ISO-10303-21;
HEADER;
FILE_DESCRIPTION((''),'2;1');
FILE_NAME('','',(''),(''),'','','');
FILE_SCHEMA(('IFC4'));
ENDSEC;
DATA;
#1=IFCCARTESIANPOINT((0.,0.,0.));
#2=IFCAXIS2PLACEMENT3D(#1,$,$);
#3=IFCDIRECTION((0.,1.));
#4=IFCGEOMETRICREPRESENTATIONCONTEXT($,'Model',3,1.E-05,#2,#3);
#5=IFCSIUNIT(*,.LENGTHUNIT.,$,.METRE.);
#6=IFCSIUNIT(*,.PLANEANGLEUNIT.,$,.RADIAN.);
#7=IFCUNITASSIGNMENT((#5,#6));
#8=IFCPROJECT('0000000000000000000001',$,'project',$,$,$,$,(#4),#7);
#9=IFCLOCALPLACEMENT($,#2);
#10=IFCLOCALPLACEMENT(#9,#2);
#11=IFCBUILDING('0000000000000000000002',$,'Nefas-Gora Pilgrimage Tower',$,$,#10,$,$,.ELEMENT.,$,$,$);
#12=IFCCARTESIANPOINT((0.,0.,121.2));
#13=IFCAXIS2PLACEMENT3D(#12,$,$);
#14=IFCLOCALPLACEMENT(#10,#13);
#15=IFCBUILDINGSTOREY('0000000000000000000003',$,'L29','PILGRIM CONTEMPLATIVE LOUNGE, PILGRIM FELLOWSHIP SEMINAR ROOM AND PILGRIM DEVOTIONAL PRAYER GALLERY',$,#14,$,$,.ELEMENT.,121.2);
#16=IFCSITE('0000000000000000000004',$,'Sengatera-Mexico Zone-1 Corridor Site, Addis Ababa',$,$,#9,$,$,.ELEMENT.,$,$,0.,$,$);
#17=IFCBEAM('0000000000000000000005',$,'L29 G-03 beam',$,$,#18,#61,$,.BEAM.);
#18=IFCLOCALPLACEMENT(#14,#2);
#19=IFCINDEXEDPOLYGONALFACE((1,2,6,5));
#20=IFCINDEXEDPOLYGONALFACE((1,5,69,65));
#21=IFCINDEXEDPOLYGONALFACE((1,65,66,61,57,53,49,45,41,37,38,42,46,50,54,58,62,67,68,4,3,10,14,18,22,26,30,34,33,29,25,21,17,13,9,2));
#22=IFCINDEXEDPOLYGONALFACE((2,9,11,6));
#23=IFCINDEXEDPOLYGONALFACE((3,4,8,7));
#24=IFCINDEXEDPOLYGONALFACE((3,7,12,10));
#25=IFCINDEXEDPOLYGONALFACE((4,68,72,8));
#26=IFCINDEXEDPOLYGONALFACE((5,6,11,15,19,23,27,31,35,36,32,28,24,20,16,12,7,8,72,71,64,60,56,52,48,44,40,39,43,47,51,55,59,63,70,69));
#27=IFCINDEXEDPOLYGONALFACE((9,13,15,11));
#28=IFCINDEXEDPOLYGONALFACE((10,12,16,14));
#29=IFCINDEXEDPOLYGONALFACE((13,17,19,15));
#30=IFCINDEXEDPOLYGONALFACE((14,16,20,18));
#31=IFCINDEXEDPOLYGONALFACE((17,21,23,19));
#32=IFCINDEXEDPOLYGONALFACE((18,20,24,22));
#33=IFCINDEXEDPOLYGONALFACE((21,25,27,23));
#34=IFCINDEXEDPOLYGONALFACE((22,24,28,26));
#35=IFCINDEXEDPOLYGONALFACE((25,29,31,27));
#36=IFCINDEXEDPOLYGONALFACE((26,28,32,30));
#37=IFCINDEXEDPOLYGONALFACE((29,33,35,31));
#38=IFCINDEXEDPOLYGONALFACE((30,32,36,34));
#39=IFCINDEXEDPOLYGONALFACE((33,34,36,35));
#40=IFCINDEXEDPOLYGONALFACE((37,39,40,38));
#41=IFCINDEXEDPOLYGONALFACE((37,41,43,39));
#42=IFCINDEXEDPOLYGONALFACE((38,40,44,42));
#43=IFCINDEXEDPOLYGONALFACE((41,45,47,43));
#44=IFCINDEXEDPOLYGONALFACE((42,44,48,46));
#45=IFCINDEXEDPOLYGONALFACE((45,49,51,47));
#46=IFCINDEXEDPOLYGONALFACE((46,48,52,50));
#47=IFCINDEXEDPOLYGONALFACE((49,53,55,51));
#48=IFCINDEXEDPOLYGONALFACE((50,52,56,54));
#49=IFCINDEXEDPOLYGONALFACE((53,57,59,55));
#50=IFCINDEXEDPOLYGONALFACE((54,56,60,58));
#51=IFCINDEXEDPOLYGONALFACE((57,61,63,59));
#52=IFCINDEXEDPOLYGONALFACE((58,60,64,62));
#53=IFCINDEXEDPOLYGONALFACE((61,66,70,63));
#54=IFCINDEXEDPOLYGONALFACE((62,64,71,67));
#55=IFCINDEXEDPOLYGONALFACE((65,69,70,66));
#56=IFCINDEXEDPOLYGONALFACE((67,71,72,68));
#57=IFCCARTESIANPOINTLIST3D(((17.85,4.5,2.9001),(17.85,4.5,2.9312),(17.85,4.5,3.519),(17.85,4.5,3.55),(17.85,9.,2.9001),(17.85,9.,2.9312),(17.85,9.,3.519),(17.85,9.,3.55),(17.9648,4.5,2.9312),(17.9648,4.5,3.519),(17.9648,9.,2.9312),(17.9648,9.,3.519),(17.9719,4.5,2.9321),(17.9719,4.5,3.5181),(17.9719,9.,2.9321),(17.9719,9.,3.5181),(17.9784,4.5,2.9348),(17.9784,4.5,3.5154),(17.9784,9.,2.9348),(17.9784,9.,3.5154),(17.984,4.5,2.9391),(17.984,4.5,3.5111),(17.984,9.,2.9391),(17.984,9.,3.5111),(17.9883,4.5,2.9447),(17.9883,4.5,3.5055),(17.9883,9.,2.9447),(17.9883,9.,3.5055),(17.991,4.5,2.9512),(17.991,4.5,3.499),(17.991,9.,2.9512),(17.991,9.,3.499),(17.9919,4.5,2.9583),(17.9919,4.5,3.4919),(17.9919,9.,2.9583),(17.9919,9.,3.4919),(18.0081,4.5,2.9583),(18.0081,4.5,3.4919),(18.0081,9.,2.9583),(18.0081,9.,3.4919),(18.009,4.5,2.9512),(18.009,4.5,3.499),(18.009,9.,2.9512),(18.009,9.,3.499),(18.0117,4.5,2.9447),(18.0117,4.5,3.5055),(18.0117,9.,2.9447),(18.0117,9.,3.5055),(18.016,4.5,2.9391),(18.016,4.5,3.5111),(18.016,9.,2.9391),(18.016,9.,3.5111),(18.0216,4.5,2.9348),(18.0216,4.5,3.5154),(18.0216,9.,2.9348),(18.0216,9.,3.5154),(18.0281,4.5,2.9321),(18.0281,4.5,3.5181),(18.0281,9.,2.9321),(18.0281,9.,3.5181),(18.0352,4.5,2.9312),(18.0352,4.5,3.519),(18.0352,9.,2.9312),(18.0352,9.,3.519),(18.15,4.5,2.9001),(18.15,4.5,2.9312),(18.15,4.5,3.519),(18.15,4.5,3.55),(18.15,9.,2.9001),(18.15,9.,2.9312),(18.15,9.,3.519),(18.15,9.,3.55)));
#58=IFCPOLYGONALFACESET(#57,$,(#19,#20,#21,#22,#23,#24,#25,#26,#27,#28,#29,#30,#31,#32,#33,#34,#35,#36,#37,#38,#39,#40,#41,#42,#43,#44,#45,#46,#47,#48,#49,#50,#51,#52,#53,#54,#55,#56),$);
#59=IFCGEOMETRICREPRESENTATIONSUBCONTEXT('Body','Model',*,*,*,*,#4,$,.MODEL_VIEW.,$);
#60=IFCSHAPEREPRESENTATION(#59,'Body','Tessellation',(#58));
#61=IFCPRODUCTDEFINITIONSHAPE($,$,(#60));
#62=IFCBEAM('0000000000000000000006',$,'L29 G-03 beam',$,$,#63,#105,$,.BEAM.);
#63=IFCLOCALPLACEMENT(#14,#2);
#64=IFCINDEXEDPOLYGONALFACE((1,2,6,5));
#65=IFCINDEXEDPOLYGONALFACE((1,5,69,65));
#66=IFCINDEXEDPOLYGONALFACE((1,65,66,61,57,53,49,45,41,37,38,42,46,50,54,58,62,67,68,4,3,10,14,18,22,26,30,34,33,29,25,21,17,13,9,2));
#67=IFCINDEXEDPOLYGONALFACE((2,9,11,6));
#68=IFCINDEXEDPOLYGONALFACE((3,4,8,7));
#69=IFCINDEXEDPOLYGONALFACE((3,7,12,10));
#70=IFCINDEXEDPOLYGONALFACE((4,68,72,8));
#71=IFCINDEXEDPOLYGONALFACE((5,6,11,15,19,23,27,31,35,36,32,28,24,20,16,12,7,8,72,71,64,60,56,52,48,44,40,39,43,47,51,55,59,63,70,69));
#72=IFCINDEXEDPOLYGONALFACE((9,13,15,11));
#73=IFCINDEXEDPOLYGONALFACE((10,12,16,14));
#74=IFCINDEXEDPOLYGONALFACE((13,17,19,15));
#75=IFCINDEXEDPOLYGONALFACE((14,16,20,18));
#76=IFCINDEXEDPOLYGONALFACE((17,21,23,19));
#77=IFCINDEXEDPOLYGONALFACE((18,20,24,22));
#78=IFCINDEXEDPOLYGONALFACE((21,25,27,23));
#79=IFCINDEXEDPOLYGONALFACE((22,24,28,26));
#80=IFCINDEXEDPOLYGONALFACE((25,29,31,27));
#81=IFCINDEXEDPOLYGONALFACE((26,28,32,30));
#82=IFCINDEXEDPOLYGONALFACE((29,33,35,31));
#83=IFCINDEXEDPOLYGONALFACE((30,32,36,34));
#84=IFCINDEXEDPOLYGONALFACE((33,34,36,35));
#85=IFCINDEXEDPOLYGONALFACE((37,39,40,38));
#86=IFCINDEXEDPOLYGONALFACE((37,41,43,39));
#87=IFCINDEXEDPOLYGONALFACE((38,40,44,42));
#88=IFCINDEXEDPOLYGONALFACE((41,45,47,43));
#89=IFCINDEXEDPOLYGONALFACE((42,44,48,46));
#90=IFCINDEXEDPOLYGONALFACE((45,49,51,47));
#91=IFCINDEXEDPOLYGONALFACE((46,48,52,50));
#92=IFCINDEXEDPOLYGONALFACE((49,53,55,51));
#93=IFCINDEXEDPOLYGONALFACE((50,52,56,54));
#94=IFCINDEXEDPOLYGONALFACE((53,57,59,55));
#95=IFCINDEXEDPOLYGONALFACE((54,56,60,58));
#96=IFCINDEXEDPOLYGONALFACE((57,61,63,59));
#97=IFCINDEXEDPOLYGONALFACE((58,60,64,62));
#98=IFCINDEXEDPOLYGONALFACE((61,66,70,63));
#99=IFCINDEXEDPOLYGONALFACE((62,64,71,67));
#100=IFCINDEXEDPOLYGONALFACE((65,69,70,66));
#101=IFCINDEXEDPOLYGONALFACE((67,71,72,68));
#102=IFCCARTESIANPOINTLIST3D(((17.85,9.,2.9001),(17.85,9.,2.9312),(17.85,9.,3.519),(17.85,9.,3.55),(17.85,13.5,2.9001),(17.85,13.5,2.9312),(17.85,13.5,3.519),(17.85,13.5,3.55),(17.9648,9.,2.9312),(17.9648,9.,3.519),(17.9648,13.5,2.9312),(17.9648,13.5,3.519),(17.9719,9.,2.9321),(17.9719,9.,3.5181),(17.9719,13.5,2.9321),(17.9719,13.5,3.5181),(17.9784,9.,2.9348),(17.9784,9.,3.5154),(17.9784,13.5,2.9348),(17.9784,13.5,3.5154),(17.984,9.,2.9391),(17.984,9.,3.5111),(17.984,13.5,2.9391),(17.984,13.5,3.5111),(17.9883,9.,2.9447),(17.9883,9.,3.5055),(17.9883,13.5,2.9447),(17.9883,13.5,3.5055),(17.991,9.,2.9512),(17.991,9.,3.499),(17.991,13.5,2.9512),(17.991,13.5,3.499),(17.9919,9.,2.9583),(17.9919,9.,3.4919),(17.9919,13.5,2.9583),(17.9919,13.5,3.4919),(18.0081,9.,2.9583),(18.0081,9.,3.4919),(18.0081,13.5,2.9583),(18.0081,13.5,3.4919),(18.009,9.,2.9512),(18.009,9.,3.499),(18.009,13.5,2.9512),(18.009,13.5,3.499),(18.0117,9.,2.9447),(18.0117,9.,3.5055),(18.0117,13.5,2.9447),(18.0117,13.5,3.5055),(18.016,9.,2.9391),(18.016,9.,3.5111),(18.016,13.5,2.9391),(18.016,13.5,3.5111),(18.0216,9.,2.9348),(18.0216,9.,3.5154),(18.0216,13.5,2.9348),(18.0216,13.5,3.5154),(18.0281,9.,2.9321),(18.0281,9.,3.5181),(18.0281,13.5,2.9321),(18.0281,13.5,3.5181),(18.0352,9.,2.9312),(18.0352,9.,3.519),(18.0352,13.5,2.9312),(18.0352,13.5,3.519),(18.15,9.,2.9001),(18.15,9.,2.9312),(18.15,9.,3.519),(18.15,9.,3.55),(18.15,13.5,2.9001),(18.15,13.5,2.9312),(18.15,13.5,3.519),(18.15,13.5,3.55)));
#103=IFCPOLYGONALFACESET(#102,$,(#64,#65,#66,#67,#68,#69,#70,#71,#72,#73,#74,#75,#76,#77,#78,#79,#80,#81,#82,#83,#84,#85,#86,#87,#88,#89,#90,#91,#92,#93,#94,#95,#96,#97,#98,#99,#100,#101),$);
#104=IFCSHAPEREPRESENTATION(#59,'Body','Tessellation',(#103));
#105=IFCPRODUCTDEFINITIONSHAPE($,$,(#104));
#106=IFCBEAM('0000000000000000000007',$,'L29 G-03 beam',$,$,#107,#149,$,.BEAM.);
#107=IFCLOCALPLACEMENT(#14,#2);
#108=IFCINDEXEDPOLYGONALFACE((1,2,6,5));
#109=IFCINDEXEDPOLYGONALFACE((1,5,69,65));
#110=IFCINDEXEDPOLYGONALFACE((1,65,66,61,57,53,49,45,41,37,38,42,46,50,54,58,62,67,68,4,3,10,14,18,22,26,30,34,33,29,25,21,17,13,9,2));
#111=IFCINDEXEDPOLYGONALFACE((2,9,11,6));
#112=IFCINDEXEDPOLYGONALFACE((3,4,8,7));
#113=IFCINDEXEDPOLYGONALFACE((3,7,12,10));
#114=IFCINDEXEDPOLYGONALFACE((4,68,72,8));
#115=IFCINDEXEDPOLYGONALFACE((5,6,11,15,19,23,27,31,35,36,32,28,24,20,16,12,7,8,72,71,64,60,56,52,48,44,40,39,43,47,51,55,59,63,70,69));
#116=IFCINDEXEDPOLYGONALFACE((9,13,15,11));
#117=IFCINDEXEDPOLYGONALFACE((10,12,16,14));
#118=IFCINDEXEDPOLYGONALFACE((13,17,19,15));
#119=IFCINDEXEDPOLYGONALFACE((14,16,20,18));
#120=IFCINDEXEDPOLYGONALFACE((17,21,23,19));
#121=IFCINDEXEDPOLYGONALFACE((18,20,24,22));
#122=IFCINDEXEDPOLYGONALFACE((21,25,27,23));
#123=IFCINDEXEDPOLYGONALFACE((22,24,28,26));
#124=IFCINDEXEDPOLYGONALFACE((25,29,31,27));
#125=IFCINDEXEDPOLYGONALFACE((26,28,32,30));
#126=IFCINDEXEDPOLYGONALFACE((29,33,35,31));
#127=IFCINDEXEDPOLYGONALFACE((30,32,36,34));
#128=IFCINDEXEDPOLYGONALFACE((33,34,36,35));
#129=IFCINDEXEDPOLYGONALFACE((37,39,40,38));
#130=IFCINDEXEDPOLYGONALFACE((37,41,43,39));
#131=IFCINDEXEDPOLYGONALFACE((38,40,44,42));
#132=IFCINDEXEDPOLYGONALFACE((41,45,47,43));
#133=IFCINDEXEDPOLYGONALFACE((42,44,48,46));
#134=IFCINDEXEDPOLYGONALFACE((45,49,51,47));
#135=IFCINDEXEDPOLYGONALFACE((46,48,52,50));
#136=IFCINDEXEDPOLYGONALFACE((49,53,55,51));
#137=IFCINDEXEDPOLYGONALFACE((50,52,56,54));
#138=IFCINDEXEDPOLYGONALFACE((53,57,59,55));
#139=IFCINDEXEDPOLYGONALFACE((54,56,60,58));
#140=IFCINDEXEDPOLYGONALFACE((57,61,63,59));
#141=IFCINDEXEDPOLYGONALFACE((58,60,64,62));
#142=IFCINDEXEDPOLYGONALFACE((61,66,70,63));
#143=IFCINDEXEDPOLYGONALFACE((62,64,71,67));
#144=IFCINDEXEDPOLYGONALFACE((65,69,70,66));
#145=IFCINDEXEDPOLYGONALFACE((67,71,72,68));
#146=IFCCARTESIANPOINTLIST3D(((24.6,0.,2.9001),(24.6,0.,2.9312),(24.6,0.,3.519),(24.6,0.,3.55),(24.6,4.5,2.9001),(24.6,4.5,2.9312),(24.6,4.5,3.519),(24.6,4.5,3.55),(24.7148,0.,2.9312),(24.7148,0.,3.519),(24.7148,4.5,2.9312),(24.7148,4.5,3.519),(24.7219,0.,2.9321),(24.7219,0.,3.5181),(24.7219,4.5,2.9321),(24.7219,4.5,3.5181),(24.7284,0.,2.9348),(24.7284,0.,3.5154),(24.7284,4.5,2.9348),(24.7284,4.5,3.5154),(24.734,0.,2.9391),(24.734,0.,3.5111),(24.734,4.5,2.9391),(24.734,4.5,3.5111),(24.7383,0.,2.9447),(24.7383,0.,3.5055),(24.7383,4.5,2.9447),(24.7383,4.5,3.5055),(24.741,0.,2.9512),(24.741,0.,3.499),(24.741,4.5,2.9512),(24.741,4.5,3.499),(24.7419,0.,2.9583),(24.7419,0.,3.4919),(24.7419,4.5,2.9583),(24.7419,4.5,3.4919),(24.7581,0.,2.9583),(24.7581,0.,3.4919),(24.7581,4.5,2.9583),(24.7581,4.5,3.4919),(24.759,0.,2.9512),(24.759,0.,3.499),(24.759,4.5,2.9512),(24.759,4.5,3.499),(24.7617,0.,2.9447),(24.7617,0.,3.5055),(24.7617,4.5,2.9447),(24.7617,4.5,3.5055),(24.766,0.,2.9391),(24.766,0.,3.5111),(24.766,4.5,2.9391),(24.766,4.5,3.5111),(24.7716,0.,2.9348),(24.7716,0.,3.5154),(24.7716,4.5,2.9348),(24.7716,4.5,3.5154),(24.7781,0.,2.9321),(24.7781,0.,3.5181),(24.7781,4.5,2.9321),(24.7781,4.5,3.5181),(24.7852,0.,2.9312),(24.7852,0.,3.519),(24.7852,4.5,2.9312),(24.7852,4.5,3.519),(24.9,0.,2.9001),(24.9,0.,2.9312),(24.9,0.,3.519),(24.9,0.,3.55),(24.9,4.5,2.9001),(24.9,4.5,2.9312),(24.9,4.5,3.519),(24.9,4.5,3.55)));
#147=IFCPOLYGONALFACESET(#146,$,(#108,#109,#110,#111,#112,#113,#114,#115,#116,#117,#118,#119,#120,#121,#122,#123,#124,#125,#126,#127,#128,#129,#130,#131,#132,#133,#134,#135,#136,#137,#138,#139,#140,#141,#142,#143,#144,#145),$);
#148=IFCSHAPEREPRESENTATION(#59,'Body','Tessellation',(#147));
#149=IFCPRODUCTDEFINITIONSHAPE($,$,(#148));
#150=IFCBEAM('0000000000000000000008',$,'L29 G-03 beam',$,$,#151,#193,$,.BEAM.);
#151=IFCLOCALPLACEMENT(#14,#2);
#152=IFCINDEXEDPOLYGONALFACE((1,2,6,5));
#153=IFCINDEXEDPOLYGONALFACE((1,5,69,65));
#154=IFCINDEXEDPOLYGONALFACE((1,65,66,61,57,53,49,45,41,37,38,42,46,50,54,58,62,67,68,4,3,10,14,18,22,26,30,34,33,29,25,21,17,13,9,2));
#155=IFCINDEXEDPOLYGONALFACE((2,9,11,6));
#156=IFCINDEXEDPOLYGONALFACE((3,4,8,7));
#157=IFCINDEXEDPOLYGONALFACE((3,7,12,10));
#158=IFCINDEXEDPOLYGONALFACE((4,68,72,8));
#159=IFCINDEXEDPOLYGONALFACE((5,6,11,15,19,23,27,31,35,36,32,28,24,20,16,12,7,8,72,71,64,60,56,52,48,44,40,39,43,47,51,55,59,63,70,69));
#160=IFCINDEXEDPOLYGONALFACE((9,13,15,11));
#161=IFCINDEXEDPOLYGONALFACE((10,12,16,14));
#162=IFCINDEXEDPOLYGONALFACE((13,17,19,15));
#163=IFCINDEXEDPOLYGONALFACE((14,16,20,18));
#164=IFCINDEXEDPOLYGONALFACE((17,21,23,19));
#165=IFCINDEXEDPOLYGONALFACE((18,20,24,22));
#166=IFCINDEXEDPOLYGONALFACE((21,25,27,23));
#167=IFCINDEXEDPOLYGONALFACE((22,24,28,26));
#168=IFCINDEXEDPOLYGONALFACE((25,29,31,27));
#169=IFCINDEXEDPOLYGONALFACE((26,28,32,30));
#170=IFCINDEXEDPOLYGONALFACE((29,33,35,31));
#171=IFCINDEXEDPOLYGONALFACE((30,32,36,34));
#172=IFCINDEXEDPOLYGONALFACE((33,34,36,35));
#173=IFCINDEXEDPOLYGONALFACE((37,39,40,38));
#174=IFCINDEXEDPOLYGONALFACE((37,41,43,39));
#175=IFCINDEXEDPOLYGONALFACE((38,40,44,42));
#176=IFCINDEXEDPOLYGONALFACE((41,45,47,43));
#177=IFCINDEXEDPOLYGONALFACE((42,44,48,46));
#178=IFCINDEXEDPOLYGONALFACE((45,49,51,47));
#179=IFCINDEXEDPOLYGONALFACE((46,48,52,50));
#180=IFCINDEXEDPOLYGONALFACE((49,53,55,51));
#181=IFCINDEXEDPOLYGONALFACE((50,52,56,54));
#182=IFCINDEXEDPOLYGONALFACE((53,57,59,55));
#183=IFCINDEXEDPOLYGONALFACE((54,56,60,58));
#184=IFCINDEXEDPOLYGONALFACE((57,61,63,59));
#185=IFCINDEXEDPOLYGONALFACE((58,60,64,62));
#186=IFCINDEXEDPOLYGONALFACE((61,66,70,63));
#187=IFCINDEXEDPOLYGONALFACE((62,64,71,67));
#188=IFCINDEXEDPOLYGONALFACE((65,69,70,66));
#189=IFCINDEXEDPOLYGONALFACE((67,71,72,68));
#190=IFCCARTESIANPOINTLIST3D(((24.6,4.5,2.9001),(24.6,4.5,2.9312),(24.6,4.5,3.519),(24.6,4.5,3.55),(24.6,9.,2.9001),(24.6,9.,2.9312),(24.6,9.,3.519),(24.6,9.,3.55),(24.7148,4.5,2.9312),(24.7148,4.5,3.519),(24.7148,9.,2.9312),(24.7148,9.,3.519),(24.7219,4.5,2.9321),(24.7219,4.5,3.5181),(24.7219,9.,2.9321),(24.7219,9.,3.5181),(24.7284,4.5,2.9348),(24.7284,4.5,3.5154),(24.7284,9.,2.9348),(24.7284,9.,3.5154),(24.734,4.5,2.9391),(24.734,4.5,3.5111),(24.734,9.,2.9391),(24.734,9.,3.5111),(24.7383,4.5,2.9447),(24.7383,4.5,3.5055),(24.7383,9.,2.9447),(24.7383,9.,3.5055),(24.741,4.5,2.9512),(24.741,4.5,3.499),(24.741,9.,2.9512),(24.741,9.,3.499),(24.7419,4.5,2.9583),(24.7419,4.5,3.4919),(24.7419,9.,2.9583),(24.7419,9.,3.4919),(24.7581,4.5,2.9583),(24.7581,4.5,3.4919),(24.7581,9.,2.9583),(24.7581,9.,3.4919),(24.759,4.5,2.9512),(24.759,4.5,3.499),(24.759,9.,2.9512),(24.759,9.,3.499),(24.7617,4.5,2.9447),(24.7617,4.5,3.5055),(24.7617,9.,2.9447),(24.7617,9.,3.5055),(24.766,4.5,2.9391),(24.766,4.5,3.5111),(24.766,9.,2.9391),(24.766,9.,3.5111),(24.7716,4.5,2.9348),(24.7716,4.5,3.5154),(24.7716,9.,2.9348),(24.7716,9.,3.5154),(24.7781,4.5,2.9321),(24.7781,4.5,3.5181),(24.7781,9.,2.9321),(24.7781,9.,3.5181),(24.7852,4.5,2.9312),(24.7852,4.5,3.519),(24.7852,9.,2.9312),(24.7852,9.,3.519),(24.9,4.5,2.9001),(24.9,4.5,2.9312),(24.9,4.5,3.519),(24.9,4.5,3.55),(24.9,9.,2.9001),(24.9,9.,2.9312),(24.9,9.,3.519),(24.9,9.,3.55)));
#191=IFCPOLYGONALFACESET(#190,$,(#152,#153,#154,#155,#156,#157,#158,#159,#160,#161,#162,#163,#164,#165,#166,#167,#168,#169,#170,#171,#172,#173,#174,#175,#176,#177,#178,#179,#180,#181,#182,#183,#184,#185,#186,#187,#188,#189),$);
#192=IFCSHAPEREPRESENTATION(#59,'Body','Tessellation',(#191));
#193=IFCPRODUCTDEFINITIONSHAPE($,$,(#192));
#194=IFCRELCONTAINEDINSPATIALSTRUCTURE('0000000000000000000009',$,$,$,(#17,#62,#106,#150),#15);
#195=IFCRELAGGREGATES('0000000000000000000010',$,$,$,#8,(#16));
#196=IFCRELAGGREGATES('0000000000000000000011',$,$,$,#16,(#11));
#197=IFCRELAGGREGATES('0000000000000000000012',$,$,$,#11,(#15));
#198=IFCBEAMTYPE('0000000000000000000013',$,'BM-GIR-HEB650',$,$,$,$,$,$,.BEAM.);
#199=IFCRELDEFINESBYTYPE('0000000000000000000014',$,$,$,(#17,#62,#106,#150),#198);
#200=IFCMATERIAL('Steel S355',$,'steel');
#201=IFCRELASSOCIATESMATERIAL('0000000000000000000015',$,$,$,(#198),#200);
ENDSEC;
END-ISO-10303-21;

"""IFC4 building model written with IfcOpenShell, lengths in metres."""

from ifc_helpers import new_model, si_unit, direction, frame, origin, origin_2d, place, context, subcontext, project, spatial, i_section, extrude, source, transform, mapped, material, material_profile, profile_set, type_object, element, save


model = new_model("IFC4")

# Units and contexts
model_context = context("Model", 3, precision=1e-05, world=origin(), true_north=direction((0.0, 1.0)))
body_context = subcontext(model_context, "Body", "Model", "MODEL_VIEW")
ifc_project = project(units=[si_unit("LENGTHUNIT", "METRE"), si_unit("PLANEANGLEUNIT", "RADIAN")], contexts=[model_context])

# Site, building, storey
site_placement = place(None, origin())
site = spatial("IfcSite", under=ifc_project, at=site_placement, Name="Sengatera-Mexico Zone-1 Corridor Site, Addis Ababa", CompositionType="ELEMENT", RefElevation=0.0)
building_placement = place(site_placement, origin())
building = spatial("IfcBuilding", under=site, at=building_placement, Name="Nefas-Gora Pilgrimage Tower", CompositionType="ELEMENT")
storey_placement = place(building_placement, frame((0.0, 0.0, 121.2)))
storey = spatial("IfcBuildingStorey", under=building, at=storey_placement, Name="L29", Description="PILGRIM CONTEMPLATIVE LOUNGE, PILGRIM FELLOWSHIP SEMINAR ROOM AND PILGRIM DEVOTIONAL PRAYER GALLERY", CompositionType="ELEMENT", Elevation=121.2)

# Beams
ifc_material_1 = material(Name="Steel S355", Category="steel")
ifc_material_profile_1 = material_profile(ifc_material_1, i_section(OverallWidth=0.3, OverallDepth=0.6499, WebThickness=0.0161, FlangeThickness=0.031, FilletRadius=0.0271, at=origin_2d()), Name="HEB 650")
ifc_profile_set_1 = profile_set([ifc_material_profile_1], Name="Steel S355")
beam_type_1 = type_object("IfcBeamType", Name="BM-GIR-HEB650", PredefinedType="BEAM", material=ifc_profile_set_1)
shared_shape_1 = source(origin(), body_context, "Body", "SweptSolid", [
    extrude(i_section(OverallWidth=0.3, OverallDepth=0.6499, WebThickness=0.0161, FlangeThickness=0.031, FilletRadius=0.0271, at=origin_2d()), origin(), (0.0, 0.0, 1.0), 4.5),
])
for number, where, z_axis, x_axis, name in (
    (1, (18.0, 4.5, 3.2251), (0.0, 1.0, 0.0), (-1.0, 0.0, 0.0), "L29 G-03 beam"),
    (2, (18.0, 9.0, 3.2251), (0.0, 1.0, 0.0), (-1.0, 0.0, 0.0), "L29 G-03 beam"),
    (3, (24.75, 0.0, 3.2251), (0.0, 1.0, 0.0), (-1.0, 0.0, 0.0), "L29 G-03 beam"),
    (4, (24.75, 4.5, 3.2251), (0.0, 1.0, 0.0), (-1.0, 0.0, 0.0), "L29 G-03 beam"),
):
    element("IfcBeam", number, at=place(storey_placement, frame(where, z_axis=z_axis, x_axis=x_axis)), inside=storey, type_object=beam_type_1, Name=name, PredefinedType="BEAM", context=body_context, shape_type="MappedRepresentation", body=[
        mapped(shared_shape_1, transform((0.0, 0.0, 0.0), x_axis=(1.0, 0.0, 0.0), y_axis=(0.0, 1.0, 0.0), z_axis=(0.0, 0.0, 1.0), scale=1.0)),
    ])

save(model, "model.ifc")
